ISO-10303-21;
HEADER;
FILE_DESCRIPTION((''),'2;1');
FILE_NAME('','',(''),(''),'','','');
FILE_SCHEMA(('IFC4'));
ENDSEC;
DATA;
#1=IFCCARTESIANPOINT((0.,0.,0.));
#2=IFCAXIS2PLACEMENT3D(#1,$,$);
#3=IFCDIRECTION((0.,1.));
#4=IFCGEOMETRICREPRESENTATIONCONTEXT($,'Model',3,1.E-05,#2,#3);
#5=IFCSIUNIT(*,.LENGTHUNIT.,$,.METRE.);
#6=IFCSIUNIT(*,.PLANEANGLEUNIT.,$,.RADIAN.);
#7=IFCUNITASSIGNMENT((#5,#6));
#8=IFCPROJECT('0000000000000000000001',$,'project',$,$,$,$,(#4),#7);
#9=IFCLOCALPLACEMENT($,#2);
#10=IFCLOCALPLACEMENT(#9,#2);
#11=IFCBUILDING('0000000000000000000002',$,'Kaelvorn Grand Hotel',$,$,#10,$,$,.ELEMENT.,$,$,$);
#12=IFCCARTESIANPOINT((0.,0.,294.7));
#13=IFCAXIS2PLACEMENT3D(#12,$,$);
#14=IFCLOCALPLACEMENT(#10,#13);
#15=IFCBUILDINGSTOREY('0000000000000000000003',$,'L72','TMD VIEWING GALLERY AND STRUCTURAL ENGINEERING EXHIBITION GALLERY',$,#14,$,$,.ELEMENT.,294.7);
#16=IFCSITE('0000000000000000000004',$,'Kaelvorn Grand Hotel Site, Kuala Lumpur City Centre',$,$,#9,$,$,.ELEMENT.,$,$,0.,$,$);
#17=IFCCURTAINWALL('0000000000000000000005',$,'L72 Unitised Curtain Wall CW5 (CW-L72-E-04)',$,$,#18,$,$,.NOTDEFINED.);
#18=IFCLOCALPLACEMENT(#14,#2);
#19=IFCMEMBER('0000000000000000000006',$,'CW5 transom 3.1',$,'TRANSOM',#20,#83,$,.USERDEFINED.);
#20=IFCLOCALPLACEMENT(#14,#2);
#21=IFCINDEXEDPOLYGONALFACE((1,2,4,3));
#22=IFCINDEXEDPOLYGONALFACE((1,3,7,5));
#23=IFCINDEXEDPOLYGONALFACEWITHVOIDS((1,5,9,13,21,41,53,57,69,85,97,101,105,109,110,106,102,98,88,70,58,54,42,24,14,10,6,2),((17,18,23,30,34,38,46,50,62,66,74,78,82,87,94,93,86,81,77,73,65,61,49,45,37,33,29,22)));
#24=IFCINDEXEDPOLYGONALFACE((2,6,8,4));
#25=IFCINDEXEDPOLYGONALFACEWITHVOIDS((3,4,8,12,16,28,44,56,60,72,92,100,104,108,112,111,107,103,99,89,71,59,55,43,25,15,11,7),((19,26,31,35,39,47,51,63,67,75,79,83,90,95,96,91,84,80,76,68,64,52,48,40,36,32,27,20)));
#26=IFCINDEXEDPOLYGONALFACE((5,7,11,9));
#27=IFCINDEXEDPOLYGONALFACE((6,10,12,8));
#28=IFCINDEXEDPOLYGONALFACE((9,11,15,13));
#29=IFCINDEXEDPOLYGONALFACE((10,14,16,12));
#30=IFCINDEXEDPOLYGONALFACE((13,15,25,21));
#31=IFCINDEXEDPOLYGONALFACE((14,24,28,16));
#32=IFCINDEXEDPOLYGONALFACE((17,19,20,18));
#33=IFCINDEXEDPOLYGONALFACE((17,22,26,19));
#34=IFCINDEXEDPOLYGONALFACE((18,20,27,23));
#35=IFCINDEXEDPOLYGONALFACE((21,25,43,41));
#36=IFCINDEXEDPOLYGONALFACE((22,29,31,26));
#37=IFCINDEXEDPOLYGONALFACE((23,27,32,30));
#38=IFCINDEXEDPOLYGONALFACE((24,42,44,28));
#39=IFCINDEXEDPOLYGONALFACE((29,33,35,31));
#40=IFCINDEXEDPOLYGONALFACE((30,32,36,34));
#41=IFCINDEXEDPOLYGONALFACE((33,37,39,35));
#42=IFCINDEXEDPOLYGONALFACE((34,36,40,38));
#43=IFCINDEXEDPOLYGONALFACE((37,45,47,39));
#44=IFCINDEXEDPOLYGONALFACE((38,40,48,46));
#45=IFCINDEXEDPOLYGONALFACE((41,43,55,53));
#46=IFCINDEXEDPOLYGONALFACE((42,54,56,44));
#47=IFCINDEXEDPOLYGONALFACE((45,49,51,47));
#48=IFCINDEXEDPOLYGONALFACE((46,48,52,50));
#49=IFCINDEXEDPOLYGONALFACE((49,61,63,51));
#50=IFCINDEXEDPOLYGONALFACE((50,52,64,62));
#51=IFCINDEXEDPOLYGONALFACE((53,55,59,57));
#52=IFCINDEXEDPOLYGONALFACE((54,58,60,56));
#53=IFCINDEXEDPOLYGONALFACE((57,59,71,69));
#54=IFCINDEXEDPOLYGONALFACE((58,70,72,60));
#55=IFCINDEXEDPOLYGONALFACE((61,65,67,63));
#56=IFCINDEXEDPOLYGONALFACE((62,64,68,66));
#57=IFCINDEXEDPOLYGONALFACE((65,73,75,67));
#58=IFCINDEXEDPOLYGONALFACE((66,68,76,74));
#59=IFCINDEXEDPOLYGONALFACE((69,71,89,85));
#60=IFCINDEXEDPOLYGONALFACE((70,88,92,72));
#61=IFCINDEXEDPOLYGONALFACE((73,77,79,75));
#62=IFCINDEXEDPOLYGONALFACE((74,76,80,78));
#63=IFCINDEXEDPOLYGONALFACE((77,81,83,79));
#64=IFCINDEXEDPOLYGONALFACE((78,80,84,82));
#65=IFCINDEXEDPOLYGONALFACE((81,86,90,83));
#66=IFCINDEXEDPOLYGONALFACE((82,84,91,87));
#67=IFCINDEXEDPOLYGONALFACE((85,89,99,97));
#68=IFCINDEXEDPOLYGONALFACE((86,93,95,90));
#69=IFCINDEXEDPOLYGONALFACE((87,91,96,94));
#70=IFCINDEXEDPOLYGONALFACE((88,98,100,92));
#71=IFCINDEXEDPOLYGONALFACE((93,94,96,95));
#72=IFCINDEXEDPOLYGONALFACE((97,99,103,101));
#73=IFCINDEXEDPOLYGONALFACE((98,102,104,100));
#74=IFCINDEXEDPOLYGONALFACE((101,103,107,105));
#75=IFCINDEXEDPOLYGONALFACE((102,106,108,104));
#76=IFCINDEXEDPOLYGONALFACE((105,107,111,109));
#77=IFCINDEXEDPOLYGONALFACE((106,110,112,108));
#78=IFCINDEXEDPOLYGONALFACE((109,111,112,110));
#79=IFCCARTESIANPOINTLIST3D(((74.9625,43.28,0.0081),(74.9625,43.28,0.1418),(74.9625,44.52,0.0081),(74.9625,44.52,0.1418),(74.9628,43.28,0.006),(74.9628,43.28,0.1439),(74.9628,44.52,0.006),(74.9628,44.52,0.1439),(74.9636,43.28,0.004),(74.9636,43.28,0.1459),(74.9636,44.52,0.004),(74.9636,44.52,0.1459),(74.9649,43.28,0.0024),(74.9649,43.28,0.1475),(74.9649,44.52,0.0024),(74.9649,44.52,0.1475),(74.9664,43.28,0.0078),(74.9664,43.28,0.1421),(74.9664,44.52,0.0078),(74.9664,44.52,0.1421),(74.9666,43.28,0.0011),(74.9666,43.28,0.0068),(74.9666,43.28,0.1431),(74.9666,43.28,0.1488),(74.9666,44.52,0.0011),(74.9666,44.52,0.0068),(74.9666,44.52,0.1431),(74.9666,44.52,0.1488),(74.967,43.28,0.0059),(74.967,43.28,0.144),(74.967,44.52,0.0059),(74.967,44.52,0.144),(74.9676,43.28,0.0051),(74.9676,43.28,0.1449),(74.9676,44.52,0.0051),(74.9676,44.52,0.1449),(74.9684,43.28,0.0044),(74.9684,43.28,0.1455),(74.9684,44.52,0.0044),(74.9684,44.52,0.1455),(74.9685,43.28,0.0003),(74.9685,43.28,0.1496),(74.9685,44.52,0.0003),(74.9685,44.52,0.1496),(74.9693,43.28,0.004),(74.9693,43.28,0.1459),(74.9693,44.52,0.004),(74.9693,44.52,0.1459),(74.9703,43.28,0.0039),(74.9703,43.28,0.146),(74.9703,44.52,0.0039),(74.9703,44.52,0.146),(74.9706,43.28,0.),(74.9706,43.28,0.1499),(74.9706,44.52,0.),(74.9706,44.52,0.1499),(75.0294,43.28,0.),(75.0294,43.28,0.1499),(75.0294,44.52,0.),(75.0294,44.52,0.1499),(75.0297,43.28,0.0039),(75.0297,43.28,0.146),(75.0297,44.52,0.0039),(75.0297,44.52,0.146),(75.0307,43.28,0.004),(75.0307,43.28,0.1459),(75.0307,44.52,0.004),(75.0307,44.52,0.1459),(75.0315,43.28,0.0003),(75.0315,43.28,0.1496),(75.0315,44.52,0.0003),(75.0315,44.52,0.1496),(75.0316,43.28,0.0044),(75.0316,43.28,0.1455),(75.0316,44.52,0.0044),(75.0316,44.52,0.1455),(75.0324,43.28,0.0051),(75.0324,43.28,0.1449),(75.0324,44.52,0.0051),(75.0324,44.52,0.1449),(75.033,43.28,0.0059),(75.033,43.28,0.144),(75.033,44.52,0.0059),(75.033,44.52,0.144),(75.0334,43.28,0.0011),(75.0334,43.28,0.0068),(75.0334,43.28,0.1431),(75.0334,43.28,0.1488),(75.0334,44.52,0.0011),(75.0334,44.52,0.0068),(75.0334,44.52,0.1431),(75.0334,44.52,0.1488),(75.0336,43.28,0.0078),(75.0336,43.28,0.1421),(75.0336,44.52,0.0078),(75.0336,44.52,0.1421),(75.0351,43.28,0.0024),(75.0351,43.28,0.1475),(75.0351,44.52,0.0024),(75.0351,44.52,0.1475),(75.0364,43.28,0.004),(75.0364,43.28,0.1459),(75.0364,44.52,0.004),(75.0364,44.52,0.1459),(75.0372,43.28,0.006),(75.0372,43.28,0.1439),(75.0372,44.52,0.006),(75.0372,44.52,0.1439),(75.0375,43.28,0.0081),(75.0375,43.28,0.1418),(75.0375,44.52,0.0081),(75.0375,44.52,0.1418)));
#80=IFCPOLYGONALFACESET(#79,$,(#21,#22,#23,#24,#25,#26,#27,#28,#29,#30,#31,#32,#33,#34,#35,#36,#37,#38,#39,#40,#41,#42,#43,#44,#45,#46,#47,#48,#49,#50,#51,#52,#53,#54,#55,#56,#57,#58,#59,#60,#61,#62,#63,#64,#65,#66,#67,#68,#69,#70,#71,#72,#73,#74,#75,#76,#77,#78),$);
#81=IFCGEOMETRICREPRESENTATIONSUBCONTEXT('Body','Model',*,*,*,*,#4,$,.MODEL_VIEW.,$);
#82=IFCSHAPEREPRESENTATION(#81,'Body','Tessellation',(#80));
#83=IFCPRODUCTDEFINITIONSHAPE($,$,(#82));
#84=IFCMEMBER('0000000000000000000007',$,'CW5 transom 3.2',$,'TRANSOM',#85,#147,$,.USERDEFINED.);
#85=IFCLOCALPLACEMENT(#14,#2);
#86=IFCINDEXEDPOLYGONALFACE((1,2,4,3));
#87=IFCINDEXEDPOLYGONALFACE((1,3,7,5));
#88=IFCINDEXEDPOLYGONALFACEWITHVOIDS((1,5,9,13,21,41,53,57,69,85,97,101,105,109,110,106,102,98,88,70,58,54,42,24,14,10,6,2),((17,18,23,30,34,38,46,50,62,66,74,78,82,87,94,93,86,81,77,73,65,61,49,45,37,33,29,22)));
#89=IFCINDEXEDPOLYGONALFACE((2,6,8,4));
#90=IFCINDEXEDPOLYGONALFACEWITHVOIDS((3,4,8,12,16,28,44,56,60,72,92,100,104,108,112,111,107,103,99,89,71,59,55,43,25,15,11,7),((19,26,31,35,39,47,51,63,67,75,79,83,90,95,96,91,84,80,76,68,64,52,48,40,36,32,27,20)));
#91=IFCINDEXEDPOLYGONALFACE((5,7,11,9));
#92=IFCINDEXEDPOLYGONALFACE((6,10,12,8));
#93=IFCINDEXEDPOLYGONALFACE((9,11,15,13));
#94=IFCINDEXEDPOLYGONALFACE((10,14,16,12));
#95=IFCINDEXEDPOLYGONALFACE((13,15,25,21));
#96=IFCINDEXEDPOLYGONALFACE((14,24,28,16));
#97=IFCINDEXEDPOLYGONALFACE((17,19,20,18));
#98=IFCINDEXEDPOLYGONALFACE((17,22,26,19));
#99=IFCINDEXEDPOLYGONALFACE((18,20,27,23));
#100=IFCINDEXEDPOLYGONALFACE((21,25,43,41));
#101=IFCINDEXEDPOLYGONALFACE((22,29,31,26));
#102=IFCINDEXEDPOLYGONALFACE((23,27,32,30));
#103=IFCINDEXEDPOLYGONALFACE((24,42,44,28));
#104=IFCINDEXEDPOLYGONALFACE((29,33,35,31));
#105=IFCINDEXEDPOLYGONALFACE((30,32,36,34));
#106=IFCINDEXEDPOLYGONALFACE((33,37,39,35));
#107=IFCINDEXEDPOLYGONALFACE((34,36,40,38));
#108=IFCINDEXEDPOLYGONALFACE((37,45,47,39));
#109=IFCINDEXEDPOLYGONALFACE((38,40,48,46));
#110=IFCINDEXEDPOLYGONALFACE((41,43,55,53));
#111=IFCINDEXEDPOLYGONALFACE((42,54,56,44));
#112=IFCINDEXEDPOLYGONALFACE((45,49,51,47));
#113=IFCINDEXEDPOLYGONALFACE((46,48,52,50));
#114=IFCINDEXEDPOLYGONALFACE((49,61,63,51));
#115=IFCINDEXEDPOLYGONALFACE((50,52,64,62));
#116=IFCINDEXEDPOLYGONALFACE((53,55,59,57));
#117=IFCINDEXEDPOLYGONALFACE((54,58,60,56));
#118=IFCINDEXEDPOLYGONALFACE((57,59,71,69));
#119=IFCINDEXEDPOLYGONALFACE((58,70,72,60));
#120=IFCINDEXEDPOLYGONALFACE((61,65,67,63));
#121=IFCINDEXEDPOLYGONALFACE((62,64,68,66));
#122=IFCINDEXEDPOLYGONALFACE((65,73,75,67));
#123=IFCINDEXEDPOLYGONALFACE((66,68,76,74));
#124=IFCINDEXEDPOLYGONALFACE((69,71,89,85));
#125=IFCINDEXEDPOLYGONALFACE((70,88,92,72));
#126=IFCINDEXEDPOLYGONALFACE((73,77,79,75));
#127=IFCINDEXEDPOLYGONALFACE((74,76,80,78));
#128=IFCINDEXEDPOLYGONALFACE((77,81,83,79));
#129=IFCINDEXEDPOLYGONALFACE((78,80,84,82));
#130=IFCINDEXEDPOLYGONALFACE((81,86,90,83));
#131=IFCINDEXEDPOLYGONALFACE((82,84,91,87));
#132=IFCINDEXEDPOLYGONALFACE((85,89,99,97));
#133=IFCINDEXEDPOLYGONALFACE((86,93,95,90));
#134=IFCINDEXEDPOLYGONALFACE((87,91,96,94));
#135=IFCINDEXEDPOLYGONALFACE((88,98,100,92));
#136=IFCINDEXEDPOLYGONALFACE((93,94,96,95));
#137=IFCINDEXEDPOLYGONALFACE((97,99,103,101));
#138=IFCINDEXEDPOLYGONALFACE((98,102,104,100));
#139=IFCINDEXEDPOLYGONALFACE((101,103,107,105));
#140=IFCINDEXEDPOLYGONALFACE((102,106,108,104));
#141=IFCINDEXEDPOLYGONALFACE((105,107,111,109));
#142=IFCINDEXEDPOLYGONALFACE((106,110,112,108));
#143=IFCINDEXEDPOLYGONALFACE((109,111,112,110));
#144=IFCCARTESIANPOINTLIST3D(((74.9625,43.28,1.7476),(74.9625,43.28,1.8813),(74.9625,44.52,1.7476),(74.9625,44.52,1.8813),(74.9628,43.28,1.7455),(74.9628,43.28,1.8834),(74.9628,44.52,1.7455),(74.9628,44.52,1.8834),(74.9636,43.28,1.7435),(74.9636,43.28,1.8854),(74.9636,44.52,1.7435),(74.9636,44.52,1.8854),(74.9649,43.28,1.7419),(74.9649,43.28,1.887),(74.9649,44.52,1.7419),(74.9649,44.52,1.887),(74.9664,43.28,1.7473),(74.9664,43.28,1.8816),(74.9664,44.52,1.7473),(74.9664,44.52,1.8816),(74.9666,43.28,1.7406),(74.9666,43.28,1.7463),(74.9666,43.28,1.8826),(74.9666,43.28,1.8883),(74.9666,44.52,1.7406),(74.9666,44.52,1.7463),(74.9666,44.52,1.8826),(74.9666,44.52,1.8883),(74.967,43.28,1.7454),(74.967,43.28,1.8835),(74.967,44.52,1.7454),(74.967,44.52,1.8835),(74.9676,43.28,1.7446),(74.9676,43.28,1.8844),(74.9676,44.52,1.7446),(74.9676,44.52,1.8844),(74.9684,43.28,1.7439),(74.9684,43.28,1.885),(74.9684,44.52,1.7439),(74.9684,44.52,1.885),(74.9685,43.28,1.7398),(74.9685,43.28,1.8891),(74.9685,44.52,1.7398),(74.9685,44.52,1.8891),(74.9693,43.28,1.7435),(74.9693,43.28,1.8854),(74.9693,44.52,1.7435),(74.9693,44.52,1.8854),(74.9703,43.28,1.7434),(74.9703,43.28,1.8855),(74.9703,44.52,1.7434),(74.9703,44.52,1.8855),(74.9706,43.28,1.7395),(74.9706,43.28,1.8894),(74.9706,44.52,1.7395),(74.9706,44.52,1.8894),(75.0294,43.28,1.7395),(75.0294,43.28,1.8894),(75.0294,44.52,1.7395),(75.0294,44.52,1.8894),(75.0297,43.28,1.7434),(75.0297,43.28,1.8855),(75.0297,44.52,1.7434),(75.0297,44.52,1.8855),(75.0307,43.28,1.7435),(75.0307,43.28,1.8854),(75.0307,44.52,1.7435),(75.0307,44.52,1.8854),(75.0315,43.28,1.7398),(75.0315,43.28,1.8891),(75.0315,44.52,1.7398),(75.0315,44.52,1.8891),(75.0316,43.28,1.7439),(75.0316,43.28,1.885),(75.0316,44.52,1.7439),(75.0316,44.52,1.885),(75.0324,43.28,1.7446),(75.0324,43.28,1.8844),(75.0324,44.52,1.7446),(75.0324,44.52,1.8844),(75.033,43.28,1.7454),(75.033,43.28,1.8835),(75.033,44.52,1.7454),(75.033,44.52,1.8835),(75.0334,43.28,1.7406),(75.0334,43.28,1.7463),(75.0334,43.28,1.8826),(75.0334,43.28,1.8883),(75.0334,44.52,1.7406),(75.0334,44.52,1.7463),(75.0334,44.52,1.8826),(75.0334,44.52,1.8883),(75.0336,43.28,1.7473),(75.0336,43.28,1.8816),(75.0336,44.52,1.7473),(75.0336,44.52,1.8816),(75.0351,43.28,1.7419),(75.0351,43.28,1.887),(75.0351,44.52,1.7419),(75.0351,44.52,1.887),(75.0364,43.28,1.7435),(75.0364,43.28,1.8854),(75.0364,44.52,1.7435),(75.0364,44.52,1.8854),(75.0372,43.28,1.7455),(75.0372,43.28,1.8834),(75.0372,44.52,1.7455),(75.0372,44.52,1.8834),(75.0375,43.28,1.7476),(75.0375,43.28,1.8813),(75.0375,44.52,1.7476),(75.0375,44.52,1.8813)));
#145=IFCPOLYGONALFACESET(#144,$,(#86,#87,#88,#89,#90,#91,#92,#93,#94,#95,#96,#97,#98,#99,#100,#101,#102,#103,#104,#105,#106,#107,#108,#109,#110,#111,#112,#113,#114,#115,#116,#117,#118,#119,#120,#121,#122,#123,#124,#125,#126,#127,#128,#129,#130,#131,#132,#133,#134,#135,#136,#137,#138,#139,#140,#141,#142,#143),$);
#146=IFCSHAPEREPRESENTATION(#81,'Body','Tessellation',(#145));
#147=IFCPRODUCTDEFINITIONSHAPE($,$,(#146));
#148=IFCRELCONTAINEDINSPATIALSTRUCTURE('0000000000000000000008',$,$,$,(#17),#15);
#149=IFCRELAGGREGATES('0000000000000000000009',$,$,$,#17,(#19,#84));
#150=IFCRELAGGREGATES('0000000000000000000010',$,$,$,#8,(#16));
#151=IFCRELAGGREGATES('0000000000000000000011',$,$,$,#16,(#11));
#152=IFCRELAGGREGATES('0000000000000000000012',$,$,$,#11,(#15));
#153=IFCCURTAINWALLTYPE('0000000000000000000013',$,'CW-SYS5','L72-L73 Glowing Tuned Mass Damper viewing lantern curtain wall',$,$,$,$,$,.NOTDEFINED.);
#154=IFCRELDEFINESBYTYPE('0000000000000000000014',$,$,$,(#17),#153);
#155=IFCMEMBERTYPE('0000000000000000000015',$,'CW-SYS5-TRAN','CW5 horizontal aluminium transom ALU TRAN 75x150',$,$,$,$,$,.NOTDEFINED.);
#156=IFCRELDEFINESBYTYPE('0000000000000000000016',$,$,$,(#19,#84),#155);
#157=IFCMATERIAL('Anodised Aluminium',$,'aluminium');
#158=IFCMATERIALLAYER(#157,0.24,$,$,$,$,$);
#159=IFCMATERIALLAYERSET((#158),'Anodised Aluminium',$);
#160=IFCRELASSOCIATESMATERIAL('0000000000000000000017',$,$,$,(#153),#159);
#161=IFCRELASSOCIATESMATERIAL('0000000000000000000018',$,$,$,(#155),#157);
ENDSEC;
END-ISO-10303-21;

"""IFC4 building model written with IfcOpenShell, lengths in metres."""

from ifc_helpers import new_model, si_unit, direction, frame, origin, origin_2d, place, context, subcontext, project, spatial, hollow_rectangle, extrude, material, layer, layer_set, material_profile, profile_set, type_object, element, aggregate, save


model = new_model("IFC4")

# Units and contexts
model_context = context("Model", 3, precision=1e-05, world=origin(), true_north=direction((0.0, 1.0)))
body_context = subcontext(model_context, "Body", "Model", "MODEL_VIEW")
ifc_project = project(units=[si_unit("LENGTHUNIT", "METRE"), si_unit("PLANEANGLEUNIT", "RADIAN")], contexts=[model_context])

# Site, building, storey
site_placement = place(None, origin())
site = spatial("IfcSite", under=ifc_project, at=site_placement, Name="Kaelvorn Grand Hotel Site, Kuala Lumpur City Centre", CompositionType="ELEMENT", RefElevation=0.0)
building_placement = place(site_placement, origin())
building = spatial("IfcBuilding", under=site, at=building_placement, Name="Kaelvorn Grand Hotel", CompositionType="ELEMENT")
storey_placement = place(building_placement, frame((0.0, 0.0, 294.7)))
storey = spatial("IfcBuildingStorey", under=building, at=storey_placement, Name="L72", Description="TMD VIEWING GALLERY AND STRUCTURAL ENGINEERING EXHIBITION GALLERY", CompositionType="ELEMENT", Elevation=294.7)

# Curtain wall, members
ifc_material_1 = material(Name="Anodised Aluminium", Category="aluminium")
ifc_layer_1 = layer(ifc_material_1, 0.24)
ifc_layer_set_1 = layer_set([ifc_layer_1], Name="Anodised Aluminium")
curtain_wall_type = type_object("IfcCurtainWallType", Name="CW-SYS5", Description="L72-L73 Glowing Tuned Mass Damper viewing lantern curtain wall", PredefinedType="NOTDEFINED", material=ifc_layer_set_1)
curtain_wall_placement = place(storey_placement, origin())
curtain_wall = element("IfcCurtainWall", 1, at=curtain_wall_placement, inside=storey, type_object=curtain_wall_type, Name="L72 Unitised Curtain Wall CW5 (CW-L72-E-04)", PredefinedType="NOTDEFINED")
ifc_material_profile_1 = material_profile(ifc_material_1, hollow_rectangle(XDim=0.075, YDim=0.1499, WallThickness=0.0039, InnerFilletRadius=0.0039, OuterFilletRadius=0.0081, at=origin_2d()), Name="ALU TRAN 75x150")
ifc_profile_set_1 = profile_set([ifc_material_profile_1], Name="Anodised Aluminium")
member_type_1 = type_object("IfcMemberType", Name="CW-SYS5-TRAN", Description="CW5 horizontal aluminium transom ALU TRAN 75x150", PredefinedType="NOTDEFINED", material=ifc_profile_set_1)
member_1_placement = place(storey_placement, frame((75.0, 43.28, 0.075), z_axis=(0.0, 1.0, 0.0), x_axis=(-1.0, 0.0, 0.0)))
member_1 = element("IfcMember", 2, at=member_1_placement, type_object=member_type_1, Name="CW5 transom 3.1", ObjectType="TRANSOM", PredefinedType="USERDEFINED", context=body_context, shape_type="SweptSolid", body=[
    extrude(hollow_rectangle(XDim=0.075, YDim=0.1499, WallThickness=0.0039, InnerFilletRadius=0.0039, OuterFilletRadius=0.0081, at=origin_2d()), origin(), (0.0, 0.0, 1.0), 1.24),
])
member_2_placement = place(storey_placement, frame((75.0, 43.28, 1.8145), z_axis=(0.0, 1.0, 0.0), x_axis=(-1.0, 0.0, 0.0)))
member_2 = element("IfcMember", 3, at=member_2_placement, type_object=member_type_1, Name="CW5 transom 3.2", ObjectType="TRANSOM", PredefinedType="USERDEFINED", context=body_context, shape_type="SweptSolid", body=[
    extrude(hollow_rectangle(XDim=0.075, YDim=0.1499, WallThickness=0.0039, InnerFilletRadius=0.0039, OuterFilletRadius=0.0081, at=origin_2d()), origin(), (0.0, 0.0, 1.0), 1.24),
])
aggregate(curtain_wall, [member_1, member_2])

save(model, "model.ifc")
